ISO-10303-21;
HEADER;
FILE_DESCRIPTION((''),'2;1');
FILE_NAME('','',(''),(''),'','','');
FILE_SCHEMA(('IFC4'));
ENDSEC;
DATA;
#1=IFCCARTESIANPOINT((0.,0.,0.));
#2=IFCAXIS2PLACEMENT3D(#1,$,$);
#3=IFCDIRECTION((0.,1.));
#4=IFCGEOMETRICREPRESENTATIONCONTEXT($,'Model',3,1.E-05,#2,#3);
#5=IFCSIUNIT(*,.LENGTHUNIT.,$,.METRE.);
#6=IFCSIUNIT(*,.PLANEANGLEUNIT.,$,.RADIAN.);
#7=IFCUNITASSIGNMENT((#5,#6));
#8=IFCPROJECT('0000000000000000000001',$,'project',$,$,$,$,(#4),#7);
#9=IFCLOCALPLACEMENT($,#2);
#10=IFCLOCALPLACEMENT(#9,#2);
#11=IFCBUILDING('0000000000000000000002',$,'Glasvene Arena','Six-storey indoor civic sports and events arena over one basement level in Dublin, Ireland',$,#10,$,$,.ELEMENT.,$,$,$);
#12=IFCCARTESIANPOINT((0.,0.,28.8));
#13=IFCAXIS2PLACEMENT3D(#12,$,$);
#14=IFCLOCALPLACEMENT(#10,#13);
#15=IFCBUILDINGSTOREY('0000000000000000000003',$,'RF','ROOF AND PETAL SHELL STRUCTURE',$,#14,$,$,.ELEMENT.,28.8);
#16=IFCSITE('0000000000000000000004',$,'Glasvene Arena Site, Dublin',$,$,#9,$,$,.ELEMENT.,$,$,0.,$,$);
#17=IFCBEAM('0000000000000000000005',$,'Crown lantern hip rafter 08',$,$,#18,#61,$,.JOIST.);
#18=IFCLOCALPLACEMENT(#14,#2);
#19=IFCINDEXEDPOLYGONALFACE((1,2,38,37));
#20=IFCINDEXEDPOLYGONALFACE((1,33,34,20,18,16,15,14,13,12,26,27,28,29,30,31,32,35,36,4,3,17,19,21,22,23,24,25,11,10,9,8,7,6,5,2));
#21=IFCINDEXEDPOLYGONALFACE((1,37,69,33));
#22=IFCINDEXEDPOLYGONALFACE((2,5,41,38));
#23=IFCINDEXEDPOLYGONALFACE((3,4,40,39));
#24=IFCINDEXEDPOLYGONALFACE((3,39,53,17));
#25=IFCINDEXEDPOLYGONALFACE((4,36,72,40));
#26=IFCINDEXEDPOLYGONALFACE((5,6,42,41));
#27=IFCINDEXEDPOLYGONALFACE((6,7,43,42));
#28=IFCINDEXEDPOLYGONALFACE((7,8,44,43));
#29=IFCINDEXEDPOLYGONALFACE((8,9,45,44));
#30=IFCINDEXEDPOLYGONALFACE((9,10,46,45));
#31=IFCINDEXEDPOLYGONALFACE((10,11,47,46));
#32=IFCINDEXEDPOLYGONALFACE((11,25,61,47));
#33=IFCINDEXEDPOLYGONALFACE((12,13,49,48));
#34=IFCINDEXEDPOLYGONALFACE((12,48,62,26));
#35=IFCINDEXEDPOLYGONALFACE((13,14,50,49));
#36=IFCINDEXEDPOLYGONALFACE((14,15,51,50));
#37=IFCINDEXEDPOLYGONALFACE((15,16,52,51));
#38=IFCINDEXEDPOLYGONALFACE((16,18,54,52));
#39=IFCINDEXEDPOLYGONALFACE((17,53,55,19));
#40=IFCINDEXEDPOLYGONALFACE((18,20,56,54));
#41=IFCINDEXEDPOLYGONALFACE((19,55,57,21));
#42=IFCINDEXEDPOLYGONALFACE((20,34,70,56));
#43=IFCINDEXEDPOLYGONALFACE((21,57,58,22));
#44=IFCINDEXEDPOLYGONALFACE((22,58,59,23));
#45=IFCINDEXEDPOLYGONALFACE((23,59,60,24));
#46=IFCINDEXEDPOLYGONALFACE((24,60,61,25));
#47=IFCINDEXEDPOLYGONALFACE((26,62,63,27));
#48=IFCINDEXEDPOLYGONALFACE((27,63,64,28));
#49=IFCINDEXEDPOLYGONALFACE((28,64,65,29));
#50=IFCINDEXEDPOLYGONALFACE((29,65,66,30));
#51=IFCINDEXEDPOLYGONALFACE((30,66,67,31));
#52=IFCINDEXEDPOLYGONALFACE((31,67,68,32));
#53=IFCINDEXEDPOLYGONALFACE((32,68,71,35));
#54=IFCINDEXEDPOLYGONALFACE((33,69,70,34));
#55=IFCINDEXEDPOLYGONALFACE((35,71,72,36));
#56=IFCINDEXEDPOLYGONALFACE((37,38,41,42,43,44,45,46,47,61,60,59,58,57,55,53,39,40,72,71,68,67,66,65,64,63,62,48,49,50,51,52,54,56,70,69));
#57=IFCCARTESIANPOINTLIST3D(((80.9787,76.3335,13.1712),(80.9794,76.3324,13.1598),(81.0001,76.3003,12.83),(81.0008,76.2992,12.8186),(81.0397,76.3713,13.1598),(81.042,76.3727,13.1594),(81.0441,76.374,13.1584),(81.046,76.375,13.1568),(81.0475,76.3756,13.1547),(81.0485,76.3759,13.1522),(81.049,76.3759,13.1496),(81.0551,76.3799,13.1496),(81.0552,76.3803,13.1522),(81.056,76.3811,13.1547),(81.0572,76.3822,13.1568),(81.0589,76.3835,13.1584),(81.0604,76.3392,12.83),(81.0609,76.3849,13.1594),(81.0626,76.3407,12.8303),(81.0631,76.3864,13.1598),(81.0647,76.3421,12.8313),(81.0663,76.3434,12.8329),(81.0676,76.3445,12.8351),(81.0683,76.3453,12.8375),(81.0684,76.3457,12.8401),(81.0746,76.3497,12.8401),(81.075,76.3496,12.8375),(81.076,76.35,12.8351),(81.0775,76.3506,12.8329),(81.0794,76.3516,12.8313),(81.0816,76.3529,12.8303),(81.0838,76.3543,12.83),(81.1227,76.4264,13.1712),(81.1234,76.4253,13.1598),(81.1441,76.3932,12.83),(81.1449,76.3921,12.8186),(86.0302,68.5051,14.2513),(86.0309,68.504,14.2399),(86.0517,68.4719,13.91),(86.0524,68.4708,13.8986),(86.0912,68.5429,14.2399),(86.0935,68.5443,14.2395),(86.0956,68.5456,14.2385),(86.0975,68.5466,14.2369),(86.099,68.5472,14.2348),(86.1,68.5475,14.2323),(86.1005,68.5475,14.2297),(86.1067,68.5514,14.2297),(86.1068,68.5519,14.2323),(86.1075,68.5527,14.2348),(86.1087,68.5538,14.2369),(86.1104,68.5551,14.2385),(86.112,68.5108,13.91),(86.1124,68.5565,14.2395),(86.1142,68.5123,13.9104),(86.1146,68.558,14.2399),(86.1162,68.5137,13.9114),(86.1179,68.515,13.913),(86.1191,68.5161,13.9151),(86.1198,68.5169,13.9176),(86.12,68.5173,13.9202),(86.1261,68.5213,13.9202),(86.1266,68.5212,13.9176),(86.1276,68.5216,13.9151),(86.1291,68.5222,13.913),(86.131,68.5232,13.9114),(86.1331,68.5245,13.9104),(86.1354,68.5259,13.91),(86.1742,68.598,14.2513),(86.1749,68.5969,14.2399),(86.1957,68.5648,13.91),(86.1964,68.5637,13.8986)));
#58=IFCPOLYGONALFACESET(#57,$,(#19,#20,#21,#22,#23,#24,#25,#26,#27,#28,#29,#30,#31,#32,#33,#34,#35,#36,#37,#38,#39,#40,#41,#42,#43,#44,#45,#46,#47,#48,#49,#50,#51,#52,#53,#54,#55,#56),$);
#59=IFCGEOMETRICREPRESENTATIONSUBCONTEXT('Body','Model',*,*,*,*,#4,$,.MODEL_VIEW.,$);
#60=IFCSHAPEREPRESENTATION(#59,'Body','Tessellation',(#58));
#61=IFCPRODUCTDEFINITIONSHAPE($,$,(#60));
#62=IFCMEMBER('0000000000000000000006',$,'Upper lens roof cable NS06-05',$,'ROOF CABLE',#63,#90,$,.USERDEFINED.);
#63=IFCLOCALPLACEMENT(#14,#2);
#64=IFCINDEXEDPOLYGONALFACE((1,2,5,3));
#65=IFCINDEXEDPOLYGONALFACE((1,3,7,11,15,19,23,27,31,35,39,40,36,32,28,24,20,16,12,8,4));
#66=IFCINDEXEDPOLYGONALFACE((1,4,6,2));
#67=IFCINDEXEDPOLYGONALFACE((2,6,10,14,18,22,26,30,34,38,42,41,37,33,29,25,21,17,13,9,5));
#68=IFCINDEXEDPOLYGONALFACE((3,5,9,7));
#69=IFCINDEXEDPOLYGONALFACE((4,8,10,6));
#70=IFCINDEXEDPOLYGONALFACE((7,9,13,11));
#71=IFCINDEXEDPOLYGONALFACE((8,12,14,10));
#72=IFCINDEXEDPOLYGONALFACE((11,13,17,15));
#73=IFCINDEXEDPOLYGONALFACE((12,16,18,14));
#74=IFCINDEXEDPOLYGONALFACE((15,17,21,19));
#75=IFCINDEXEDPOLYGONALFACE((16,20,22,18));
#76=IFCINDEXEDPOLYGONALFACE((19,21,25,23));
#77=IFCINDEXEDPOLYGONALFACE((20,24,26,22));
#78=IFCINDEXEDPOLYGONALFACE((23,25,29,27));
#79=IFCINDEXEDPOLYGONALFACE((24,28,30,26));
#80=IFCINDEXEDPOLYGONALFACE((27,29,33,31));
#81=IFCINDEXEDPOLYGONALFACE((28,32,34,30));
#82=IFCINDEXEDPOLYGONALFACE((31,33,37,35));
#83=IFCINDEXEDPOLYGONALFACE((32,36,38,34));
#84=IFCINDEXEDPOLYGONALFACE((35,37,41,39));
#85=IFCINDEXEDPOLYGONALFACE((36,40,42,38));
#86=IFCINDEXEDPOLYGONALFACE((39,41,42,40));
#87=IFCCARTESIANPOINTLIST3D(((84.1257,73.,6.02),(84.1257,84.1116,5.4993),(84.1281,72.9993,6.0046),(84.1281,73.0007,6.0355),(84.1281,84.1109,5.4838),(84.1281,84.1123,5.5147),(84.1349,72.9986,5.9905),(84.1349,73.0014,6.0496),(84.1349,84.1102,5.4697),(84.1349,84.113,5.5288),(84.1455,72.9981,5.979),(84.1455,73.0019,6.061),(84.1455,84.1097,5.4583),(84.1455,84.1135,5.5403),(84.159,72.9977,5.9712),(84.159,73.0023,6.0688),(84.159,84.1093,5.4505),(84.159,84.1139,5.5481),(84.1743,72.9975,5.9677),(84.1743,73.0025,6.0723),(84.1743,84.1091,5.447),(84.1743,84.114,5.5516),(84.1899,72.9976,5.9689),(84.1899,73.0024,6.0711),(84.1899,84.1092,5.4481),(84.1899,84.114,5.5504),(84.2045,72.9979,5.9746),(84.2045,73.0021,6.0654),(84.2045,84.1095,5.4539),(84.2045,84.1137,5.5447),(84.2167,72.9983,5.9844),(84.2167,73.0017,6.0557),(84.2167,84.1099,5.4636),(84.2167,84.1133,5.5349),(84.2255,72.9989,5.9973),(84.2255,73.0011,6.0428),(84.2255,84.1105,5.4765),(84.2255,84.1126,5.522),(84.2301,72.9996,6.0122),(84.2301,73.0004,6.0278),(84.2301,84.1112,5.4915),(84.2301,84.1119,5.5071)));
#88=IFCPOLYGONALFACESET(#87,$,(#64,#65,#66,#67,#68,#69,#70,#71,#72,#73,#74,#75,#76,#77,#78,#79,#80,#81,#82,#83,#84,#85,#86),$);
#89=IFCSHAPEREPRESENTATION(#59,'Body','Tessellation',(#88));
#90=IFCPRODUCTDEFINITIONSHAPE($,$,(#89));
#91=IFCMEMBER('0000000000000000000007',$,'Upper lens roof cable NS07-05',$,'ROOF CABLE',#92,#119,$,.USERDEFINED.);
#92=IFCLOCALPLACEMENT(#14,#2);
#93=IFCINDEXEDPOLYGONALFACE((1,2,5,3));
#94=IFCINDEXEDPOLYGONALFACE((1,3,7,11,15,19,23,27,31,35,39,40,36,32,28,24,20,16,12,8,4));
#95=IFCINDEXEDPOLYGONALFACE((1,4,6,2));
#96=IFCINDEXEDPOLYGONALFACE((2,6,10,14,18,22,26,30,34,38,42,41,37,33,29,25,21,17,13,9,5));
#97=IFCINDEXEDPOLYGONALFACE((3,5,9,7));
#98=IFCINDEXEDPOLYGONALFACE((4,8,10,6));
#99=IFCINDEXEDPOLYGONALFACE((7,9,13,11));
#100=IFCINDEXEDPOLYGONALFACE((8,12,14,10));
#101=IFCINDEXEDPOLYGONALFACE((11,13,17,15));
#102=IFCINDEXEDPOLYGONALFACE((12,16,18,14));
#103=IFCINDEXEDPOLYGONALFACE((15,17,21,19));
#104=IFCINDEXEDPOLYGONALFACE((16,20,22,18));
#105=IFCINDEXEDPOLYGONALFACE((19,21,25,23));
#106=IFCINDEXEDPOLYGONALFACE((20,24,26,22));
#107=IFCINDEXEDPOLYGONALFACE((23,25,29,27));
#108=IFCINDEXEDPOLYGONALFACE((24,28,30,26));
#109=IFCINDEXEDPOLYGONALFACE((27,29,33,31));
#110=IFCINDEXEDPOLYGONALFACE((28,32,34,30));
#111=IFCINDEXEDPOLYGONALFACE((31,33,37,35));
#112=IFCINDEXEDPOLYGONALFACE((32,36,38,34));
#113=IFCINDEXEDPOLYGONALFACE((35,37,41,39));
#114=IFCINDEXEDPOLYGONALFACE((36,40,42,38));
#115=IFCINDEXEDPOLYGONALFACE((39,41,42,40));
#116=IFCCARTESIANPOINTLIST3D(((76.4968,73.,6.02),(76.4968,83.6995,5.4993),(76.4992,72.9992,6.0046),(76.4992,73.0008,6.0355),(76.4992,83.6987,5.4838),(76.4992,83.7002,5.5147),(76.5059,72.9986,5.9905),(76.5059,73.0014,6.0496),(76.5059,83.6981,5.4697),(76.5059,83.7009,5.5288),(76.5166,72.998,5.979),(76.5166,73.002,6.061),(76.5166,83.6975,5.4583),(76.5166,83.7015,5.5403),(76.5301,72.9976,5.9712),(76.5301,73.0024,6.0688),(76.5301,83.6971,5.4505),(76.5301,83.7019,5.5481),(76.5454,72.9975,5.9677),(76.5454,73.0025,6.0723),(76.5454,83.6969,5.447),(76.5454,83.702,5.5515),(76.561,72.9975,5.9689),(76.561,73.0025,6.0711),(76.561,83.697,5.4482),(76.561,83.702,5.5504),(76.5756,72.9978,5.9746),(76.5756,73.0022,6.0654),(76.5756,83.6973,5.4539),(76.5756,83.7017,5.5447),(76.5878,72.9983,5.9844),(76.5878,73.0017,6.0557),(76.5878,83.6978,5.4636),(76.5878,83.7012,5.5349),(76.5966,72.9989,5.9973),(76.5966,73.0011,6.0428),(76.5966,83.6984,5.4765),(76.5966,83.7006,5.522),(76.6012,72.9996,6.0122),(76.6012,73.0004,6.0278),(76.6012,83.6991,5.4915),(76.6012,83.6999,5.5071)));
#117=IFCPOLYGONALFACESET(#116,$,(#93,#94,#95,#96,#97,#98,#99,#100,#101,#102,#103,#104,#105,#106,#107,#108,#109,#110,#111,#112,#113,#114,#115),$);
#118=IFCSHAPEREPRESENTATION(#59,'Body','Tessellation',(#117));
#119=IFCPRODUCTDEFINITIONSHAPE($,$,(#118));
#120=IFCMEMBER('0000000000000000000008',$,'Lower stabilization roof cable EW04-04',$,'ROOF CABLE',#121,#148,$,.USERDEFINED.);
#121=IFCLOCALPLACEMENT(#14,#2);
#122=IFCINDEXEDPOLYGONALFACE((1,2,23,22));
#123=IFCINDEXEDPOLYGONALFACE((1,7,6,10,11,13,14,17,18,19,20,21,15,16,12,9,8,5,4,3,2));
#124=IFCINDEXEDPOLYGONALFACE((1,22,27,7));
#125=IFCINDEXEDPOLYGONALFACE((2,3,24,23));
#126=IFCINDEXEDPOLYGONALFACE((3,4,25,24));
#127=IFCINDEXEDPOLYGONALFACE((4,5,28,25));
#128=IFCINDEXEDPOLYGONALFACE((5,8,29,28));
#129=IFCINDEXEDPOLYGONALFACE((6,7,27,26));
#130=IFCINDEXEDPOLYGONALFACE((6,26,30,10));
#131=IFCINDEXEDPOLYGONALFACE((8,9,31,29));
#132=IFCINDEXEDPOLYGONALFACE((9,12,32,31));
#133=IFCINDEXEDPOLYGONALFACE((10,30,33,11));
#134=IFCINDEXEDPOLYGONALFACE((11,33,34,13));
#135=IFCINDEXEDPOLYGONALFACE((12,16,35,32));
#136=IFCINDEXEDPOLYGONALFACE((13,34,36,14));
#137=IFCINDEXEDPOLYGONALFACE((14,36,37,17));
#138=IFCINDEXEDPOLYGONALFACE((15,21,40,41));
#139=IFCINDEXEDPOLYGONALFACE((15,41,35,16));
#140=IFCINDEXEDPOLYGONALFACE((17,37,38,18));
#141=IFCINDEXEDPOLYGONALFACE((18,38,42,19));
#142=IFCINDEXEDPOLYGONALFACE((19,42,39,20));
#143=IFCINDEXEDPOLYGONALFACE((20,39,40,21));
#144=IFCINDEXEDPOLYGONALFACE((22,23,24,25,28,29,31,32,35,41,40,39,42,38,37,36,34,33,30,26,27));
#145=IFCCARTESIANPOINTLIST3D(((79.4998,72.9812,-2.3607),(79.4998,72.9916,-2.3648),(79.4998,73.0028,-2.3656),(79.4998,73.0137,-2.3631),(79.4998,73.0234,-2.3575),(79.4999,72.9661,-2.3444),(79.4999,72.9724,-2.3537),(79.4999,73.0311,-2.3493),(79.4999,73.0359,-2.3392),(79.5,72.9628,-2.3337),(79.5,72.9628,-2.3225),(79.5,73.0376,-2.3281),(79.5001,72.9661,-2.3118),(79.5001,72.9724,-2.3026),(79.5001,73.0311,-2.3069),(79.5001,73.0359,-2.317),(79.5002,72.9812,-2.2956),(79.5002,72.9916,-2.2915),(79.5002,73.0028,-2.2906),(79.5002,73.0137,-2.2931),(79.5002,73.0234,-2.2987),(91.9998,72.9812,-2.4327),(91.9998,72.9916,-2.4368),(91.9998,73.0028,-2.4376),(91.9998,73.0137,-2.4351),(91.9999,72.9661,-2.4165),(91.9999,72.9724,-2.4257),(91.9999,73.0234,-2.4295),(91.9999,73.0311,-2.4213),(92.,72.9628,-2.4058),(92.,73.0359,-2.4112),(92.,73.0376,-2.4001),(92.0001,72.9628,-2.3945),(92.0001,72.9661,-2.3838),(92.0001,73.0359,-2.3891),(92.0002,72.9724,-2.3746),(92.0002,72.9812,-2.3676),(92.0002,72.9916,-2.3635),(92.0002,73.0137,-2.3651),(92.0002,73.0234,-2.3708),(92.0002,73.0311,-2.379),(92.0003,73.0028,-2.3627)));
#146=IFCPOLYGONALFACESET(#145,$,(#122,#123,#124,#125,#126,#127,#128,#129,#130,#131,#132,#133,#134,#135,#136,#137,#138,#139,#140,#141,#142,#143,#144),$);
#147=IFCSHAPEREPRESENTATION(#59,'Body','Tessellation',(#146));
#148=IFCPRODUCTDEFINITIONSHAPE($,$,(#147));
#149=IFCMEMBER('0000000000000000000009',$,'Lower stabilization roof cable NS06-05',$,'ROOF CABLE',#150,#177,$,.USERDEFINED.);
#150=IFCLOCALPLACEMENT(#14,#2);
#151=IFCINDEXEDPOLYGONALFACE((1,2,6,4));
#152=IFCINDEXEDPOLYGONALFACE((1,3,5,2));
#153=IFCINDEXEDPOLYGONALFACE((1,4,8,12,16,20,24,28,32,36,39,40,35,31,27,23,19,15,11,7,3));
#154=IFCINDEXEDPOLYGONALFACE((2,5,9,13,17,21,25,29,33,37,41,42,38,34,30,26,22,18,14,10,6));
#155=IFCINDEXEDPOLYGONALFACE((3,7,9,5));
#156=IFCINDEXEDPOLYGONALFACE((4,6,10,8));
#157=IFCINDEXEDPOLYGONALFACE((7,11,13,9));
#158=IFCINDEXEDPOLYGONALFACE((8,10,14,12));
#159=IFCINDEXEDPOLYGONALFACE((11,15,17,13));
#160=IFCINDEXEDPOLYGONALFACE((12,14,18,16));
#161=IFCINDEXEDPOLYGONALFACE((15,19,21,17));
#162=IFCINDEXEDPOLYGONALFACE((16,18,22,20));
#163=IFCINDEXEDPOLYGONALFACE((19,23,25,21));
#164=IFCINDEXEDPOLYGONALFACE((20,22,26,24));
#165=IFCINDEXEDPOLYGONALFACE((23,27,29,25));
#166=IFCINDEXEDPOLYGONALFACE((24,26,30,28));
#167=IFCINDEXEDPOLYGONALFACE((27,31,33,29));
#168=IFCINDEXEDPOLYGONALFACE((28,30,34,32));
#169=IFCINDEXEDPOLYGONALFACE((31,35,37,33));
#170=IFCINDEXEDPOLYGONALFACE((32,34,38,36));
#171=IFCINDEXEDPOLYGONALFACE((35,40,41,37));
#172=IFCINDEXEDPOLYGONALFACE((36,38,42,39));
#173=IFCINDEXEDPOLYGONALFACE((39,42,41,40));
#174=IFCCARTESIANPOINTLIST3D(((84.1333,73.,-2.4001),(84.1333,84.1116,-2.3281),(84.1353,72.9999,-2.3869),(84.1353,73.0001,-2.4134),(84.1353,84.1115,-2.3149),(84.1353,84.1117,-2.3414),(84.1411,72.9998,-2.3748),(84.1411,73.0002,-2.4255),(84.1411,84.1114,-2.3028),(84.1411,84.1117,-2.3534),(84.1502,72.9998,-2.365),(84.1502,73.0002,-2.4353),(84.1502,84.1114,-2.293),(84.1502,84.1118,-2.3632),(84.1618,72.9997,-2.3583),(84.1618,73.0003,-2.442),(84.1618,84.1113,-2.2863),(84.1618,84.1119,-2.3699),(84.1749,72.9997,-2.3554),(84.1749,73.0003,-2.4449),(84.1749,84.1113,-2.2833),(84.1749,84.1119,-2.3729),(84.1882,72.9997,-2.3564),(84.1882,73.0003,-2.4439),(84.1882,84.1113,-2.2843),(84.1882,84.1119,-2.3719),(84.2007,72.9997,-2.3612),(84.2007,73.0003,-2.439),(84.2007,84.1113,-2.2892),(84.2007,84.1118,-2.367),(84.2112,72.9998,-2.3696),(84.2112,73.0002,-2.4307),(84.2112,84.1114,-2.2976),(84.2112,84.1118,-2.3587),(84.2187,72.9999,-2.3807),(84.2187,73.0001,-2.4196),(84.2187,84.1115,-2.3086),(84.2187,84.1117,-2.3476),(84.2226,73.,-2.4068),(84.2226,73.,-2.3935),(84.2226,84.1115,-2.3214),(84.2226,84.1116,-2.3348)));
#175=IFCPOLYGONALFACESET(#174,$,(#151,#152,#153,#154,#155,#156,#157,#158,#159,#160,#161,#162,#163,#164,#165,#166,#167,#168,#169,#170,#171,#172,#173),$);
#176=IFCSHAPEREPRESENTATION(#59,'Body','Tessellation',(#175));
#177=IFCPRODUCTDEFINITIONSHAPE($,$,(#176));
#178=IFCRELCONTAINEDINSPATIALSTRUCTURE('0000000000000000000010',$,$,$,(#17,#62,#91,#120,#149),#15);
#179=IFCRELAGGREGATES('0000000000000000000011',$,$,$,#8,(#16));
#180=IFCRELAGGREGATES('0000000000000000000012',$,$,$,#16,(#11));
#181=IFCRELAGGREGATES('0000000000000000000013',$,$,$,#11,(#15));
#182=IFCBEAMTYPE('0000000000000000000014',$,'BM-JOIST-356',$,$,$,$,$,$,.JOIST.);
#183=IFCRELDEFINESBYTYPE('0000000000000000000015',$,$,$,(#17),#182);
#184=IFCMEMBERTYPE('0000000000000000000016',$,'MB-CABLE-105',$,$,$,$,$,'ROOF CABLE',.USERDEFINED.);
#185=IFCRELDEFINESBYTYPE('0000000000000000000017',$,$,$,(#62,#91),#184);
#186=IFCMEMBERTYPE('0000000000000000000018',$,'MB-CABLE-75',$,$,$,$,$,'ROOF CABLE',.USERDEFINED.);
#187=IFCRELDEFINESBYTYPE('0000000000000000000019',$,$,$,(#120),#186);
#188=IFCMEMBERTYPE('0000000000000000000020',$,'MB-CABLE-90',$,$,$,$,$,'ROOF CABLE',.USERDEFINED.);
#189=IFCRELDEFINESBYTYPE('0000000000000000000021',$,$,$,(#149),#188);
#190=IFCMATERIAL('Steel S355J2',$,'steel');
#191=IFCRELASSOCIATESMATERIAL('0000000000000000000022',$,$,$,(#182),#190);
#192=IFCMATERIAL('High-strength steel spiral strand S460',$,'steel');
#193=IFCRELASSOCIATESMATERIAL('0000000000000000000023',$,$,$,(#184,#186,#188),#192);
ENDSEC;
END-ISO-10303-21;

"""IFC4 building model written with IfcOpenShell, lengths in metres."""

from ifc_helpers import new_model, si_unit, direction, frame, origin, origin_2d, place, context, subcontext, project, spatial, circle, i_section, extrude, material, material_profile, profile_set, type_object, element, save


model = new_model("IFC4")

# Units and contexts
model_context = context("Model", 3, precision=1e-05, world=origin(), true_north=direction((0.0, 1.0)))
body_context = subcontext(model_context, "Body", "Model", "MODEL_VIEW")
ifc_project = project(units=[si_unit("LENGTHUNIT", "METRE"), si_unit("PLANEANGLEUNIT", "RADIAN")], contexts=[model_context])

# Site, building, storey
site_placement = place(None, origin())
site = spatial("IfcSite", under=ifc_project, at=site_placement, Name="Glasvene Arena Site, Dublin", CompositionType="ELEMENT", RefElevation=0.0)
building_placement = place(site_placement, origin())
building = spatial("IfcBuilding", under=site, at=building_placement, Name="Glasvene Arena", Description="Six-storey indoor civic sports and events arena over one basement level in Dublin, Ireland", CompositionType="ELEMENT")
storey_placement = place(building_placement, frame((0.0, 0.0, 28.8)))
storey = spatial("IfcBuildingStorey", under=building, at=storey_placement, Name="RF", Description="ROOF AND PETAL SHELL STRUCTURE", CompositionType="ELEMENT", Elevation=28.8)

# Beam
ifc_material_1 = material(Name="Steel S355J2", Category="steel")
ifc_material_profile_1 = material_profile(ifc_material_1, i_section(OverallWidth=0.1714, OverallDepth=0.355, WebThickness=0.0073, FlangeThickness=0.0115, FilletRadius=0.0103, at=origin_2d()), Name="UKB 356x171x51")
ifc_profile_set_1 = profile_set([ifc_material_profile_1], Name="Steel S355J2")
beam_type = type_object("IfcBeamType", Name="BM-JOIST-356", PredefinedType="JOIST", material=ifc_profile_set_1)
beam_1_placement = place(storey_placement, frame((81.0618, 76.3628, 12.9949), z_axis=(0.538592, -0.83466, 0.115158), x_axis=(0.84025, 0.542199, 0.0)))
element("IfcBeam", 1, at=beam_1_placement, inside=storey, type_object=beam_type, Name="Crown lantern hip rafter 08", PredefinedType="JOIST", context=body_context, shape_type="SweptSolid", body=[
    extrude(i_section(OverallWidth=0.1714, OverallDepth=0.355, WebThickness=0.0073, FlangeThickness=0.0115, FilletRadius=0.0103, at=origin_2d()), origin(), (0.0, 0.0, 1.0), 9.3792),
])

# Members
ifc_material_2 = material(Name="High-strength steel spiral strand S460", Category="steel")
ifc_material_profile_2 = material_profile(ifc_material_2, circle(Radius=0.0525, at=origin_2d()), Name="LCSS D105")
ifc_profile_set_2 = profile_set([ifc_material_profile_2], Name="High-strength steel spiral strand S460")
member_type_1 = type_object("IfcMemberType", Name="MB-CABLE-105", ElementType="ROOF CABLE", PredefinedType="USERDEFINED", material=ifc_profile_set_2)
member_1_placement = place(storey_placement, frame((84.1782, 73.0, 6.02), z_axis=(0.0, 0.998904, -0.046814), x_axis=(-1.0, 0.0, 0.0)))
element("IfcMember", 2, at=member_1_placement, inside=storey, type_object=member_type_1, Name="Upper lens roof cable NS06-05", ObjectType="ROOF CABLE", PredefinedType="USERDEFINED", context=body_context, shape_type="SweptSolid", body=[
    extrude(circle(Radius=0.0525, at=origin_2d()), origin(), (0.0, 0.0, 1.0), 11.1238),
])
member_2_placement = place(storey_placement, frame((76.5493, 73.0, 6.02), z_axis=(0.0, 0.998818, -0.048613), x_axis=(-1.0, 0.0, 0.0)))
element("IfcMember", 3, at=member_2_placement, inside=storey, type_object=member_type_1, Name="Upper lens roof cable NS07-05", ObjectType="ROOF CABLE", PredefinedType="USERDEFINED", context=body_context, shape_type="SweptSolid", body=[
    extrude(circle(Radius=0.0525, at=origin_2d()), origin(), (0.0, 0.0, 1.0), 10.7122),
])
ifc_material_profile_3 = material_profile(ifc_material_2, circle(Radius=0.0376, at=origin_2d()), Name="LCSS D75")
ifc_profile_set_3 = profile_set([ifc_material_profile_3], Name="High-strength steel spiral strand S460")
member_type_2 = type_object("IfcMemberType", Name="MB-CABLE-75", ElementType="ROOF CABLE", PredefinedType="USERDEFINED", material=ifc_profile_set_3)
member_3_placement = place(storey_placement, frame((79.5, 73.0, -2.3281), z_axis=(0.999983, 0.0, -0.005762), x_axis=(0.0, 1.0, 0.0)))
element("IfcMember", 4, at=member_3_placement, inside=storey, type_object=member_type_2, Name="Lower stabilization roof cable EW04-04", ObjectType="ROOF CABLE", PredefinedType="USERDEFINED", context=body_context, shape_type="SweptSolid", body=[
    extrude(circle(Radius=0.0376, at=origin_2d()), origin(), (0.0, 0.0, 1.0), 12.5002),
])
ifc_material_profile_4 = material_profile(ifc_material_2, circle(Radius=0.0449, at=origin_2d()), Name="LCSS D90")
ifc_profile_set_4 = profile_set([ifc_material_profile_4], Name="High-strength steel spiral strand S460")
member_type_3 = type_object("IfcMemberType", Name="MB-CABLE-90", ElementType="ROOF CABLE", PredefinedType="USERDEFINED", material=ifc_profile_set_4)
member_4_placement = place(storey_placement, frame((84.1782, 73.0, -2.4001), z_axis=(0.0, 0.999979, 0.006482), x_axis=(-1.0, 0.0, 0.0)))
element("IfcMember", 5, at=member_4_placement, inside=storey, type_object=member_type_3, Name="Lower stabilization roof cable NS06-05", ObjectType="ROOF CABLE", PredefinedType="USERDEFINED", context=body_context, shape_type="SweptSolid", body=[
    extrude(circle(Radius=0.0449, at=origin_2d()), origin(), (0.0, 0.0, 1.0), 11.1118),
])

save(model, "model.ifc")
